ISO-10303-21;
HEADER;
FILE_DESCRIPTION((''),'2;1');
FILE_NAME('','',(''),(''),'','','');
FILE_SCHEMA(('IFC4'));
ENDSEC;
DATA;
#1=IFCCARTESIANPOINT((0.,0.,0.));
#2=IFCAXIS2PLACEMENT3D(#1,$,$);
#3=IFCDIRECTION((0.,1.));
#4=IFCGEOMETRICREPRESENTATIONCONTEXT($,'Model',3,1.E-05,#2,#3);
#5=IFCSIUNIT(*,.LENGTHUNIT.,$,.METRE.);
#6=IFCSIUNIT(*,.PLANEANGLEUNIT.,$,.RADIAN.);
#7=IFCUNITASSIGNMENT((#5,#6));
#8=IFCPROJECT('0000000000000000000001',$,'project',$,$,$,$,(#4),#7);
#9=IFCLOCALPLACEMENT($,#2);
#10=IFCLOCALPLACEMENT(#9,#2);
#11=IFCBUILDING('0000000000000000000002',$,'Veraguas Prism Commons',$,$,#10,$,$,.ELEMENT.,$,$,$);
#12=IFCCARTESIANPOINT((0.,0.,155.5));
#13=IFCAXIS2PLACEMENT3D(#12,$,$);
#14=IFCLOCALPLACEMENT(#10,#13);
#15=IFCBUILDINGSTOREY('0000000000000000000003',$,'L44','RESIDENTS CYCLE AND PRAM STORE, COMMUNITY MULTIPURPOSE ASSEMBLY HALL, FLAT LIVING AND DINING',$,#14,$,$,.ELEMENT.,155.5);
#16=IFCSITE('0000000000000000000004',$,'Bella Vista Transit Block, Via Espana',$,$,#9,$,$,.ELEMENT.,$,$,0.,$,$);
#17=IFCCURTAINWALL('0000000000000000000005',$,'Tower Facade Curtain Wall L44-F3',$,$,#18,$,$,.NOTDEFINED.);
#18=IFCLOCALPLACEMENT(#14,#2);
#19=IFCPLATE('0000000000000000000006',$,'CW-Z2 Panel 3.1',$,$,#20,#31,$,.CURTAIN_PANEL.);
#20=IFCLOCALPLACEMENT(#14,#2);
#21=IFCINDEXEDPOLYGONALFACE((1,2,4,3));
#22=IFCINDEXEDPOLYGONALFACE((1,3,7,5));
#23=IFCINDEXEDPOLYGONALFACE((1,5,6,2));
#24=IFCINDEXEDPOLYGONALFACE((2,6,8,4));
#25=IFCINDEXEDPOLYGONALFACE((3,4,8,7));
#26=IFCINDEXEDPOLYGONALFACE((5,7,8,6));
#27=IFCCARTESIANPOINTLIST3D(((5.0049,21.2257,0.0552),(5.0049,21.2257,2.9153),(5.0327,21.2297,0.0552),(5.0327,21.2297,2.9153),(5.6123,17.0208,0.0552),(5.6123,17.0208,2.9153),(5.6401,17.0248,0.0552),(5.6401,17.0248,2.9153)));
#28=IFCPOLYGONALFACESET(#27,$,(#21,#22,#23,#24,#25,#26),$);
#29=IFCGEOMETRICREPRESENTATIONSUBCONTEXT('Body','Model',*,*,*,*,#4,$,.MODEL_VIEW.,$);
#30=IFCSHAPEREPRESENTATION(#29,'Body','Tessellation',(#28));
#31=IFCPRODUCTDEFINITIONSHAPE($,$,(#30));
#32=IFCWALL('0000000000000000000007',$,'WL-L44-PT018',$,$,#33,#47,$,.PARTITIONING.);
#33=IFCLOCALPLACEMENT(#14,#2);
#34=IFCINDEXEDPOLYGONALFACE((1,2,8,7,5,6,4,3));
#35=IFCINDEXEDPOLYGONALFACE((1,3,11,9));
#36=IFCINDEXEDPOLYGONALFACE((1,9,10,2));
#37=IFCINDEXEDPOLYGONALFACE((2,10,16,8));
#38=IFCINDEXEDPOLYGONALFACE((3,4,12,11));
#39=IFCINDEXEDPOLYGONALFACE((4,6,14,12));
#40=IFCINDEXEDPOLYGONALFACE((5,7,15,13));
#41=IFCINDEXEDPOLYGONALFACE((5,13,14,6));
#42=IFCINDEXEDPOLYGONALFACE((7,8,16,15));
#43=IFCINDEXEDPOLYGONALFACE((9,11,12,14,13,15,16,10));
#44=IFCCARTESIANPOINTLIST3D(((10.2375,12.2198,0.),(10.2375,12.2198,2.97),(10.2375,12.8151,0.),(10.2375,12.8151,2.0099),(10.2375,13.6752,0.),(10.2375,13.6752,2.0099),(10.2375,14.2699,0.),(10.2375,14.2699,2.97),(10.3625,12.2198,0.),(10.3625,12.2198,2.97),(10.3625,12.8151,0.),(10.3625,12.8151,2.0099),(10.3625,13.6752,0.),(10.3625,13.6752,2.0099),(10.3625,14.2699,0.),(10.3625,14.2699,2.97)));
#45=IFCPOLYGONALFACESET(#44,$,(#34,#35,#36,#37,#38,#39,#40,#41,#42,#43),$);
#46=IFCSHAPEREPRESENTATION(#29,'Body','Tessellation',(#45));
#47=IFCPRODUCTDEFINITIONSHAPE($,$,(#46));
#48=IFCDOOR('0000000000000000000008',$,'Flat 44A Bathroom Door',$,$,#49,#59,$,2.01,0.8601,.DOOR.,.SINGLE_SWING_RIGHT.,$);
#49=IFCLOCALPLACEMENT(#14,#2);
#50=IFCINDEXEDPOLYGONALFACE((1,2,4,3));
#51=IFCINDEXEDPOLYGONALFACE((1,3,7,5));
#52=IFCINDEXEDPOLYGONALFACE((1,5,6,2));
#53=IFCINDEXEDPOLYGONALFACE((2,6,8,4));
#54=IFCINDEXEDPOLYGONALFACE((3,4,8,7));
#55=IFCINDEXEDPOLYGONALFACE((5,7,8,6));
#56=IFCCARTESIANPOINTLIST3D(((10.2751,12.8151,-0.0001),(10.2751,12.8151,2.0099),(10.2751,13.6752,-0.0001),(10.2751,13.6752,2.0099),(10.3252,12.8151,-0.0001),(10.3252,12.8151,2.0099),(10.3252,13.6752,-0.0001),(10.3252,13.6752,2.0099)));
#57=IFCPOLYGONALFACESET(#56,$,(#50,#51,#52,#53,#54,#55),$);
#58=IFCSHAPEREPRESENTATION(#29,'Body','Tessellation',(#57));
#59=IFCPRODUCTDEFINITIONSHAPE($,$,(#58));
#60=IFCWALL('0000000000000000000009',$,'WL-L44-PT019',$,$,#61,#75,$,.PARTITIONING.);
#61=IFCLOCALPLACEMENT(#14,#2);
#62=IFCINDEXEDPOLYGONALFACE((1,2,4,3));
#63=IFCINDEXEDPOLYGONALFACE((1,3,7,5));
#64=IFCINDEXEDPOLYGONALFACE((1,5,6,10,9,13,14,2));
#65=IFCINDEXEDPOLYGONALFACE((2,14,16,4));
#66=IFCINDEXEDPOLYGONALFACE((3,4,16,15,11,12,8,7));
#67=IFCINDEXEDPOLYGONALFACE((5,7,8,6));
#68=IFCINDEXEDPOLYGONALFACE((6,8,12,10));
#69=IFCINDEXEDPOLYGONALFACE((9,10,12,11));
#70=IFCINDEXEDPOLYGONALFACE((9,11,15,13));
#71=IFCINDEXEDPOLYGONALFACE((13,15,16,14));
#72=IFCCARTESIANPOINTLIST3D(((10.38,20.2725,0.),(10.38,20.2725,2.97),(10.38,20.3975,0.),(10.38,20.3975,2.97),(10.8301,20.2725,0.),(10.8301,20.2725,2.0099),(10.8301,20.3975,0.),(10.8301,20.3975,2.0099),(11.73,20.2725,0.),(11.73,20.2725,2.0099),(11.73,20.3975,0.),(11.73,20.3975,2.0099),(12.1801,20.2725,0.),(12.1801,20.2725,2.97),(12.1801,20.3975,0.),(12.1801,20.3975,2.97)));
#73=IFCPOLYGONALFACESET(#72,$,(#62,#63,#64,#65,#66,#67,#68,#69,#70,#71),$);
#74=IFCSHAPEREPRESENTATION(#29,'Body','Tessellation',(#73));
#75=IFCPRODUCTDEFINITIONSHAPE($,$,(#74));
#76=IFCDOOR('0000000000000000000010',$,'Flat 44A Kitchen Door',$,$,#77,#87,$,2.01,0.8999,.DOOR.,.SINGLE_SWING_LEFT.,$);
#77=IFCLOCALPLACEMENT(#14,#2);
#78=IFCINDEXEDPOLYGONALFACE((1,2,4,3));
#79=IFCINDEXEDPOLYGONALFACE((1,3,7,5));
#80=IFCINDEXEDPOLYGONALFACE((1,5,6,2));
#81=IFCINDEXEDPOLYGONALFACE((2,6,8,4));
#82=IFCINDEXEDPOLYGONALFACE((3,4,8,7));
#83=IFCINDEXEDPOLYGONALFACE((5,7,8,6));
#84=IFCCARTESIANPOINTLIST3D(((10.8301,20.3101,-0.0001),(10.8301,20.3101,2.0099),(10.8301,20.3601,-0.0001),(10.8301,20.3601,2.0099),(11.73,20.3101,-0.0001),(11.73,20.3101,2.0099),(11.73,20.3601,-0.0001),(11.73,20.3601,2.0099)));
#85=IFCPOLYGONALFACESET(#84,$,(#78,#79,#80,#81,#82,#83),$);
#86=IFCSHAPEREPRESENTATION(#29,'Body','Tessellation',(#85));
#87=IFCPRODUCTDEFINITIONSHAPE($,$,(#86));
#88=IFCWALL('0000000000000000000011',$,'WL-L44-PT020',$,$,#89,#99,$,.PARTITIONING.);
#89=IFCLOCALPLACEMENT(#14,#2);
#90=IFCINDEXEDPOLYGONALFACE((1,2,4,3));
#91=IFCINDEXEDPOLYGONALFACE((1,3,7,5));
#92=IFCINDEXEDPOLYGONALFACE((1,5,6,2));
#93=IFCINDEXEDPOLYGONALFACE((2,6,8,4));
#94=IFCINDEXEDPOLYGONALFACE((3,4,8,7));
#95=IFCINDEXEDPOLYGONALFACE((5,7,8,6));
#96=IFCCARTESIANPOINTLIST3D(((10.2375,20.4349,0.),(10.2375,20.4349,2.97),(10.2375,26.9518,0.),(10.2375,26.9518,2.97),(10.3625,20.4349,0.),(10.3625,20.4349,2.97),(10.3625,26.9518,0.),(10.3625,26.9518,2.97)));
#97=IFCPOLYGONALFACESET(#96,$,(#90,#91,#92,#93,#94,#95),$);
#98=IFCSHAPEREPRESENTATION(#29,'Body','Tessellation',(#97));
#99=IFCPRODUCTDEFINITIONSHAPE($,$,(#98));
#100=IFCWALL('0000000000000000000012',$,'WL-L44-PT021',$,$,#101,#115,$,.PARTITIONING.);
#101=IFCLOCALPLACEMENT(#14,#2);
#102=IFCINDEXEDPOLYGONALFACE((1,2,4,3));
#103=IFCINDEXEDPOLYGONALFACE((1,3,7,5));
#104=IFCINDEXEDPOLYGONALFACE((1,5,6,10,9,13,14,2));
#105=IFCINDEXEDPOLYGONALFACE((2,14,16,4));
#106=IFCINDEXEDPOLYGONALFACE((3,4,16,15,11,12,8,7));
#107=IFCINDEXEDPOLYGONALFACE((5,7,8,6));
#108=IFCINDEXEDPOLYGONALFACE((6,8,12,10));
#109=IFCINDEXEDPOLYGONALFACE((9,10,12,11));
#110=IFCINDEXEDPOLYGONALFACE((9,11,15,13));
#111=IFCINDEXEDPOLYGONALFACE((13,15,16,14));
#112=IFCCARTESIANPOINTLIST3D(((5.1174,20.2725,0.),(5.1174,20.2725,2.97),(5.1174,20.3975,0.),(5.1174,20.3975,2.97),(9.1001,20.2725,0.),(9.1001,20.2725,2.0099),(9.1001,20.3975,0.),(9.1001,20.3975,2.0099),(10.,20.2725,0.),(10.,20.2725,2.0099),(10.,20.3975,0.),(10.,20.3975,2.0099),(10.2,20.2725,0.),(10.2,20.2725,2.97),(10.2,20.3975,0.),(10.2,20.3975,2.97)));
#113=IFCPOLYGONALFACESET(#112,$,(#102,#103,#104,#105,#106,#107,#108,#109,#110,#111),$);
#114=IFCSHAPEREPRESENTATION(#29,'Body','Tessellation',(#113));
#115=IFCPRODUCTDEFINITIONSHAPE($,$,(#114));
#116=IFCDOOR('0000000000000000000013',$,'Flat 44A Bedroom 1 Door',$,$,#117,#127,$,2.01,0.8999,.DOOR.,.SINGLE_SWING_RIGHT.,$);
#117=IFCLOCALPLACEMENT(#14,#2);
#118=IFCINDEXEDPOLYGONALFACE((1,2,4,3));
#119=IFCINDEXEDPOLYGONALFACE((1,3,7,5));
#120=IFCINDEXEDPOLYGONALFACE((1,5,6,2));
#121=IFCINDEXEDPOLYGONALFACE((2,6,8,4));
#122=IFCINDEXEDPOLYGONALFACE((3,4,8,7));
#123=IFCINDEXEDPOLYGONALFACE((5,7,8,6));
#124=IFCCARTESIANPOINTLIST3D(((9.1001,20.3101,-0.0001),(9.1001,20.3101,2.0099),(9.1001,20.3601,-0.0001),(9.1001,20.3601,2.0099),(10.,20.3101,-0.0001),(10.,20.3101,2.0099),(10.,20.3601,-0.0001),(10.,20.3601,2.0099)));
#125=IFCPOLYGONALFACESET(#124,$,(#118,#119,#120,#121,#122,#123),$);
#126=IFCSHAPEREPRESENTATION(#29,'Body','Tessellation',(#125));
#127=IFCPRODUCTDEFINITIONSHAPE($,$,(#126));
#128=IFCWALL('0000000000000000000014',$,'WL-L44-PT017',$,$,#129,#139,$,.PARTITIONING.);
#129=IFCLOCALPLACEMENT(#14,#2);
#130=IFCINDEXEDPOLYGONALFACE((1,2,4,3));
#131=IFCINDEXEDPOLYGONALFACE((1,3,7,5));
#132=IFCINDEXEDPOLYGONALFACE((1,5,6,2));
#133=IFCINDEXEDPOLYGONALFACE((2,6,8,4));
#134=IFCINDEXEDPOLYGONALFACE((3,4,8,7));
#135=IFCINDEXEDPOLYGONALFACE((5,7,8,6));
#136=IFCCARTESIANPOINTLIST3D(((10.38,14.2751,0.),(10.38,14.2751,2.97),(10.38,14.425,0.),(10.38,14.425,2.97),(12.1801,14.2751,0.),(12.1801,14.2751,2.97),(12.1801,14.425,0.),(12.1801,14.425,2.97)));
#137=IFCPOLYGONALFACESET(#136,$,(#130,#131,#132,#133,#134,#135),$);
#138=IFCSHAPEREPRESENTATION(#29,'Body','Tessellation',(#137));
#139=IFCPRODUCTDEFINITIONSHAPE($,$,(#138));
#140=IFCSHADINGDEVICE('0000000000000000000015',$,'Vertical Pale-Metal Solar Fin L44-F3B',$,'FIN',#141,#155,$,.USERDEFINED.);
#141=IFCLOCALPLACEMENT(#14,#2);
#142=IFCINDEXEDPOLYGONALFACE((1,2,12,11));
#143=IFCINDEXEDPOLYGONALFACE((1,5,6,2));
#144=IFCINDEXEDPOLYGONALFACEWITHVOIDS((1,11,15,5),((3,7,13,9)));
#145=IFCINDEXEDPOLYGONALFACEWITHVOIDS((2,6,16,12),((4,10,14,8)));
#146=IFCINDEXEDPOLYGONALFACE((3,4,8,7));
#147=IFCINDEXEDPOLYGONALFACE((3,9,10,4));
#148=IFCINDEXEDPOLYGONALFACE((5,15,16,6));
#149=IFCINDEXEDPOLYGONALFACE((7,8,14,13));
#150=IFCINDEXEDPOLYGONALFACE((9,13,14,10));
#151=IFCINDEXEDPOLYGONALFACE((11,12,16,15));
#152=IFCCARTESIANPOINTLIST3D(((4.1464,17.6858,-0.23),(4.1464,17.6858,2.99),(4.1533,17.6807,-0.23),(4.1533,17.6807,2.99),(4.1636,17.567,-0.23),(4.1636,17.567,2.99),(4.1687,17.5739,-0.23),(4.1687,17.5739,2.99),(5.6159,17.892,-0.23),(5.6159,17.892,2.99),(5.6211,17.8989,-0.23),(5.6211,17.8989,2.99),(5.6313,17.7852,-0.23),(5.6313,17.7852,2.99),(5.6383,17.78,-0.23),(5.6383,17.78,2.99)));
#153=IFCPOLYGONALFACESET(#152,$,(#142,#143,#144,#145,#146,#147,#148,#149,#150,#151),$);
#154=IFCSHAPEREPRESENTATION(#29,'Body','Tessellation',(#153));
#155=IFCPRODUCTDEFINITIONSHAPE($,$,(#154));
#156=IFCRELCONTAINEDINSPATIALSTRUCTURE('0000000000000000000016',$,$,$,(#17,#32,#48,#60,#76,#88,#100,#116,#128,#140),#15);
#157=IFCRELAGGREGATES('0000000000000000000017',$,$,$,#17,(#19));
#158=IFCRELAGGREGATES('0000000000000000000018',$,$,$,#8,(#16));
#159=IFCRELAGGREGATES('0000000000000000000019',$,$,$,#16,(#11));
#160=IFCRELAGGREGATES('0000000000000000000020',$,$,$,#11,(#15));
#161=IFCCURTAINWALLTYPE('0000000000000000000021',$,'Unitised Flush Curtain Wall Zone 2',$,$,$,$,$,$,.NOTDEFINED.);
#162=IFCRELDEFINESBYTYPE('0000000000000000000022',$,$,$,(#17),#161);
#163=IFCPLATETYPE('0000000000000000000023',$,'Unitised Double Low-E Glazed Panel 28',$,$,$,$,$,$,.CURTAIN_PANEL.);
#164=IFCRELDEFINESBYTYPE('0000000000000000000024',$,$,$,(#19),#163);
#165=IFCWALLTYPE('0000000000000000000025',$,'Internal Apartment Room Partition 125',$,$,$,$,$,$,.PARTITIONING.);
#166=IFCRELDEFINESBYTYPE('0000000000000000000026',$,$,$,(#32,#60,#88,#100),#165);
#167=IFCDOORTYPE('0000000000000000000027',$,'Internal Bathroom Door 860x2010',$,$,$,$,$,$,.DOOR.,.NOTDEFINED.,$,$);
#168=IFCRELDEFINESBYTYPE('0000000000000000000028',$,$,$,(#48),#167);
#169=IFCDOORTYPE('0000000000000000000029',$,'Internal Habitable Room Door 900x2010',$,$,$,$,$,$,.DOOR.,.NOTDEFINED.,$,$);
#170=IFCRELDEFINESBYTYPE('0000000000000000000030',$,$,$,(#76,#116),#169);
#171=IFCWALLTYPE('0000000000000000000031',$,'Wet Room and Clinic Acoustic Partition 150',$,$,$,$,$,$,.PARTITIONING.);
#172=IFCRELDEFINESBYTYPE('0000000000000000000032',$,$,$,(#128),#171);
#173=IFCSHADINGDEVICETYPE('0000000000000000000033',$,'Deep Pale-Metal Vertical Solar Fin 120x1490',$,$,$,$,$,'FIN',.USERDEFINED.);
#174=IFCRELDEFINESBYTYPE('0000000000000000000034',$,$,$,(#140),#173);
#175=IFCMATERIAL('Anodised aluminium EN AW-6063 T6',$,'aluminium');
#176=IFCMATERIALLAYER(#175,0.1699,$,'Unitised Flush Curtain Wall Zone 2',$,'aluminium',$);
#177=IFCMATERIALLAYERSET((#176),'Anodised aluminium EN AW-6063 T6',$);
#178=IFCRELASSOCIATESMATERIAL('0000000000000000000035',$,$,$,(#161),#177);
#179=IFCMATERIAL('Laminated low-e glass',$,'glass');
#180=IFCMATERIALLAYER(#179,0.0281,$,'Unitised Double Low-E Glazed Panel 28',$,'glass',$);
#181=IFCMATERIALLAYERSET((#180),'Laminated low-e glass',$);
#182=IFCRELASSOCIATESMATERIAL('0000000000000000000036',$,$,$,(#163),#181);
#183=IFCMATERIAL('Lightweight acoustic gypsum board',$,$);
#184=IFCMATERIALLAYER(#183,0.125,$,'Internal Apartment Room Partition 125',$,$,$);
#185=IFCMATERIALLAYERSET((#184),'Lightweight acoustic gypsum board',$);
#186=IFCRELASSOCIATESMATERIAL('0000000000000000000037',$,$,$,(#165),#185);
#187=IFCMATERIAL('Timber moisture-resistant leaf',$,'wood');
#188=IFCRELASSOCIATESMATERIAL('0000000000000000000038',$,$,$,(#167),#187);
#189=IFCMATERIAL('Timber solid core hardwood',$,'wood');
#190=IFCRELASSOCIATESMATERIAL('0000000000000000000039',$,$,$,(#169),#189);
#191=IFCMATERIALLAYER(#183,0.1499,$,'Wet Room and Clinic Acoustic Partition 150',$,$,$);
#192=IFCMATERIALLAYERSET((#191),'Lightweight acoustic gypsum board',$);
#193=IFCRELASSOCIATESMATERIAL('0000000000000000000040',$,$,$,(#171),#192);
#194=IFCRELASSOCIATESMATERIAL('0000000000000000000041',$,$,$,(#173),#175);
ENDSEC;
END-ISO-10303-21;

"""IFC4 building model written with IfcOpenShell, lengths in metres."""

from ifc_helpers import new_model, si_unit, direction, frame, frame_2d, origin, origin_2d, place, context, subcontext, project, spatial, rectangle, hollow_rectangle, extrude, source, transform, mapped, material, layer, layer_set, material_profile, profile_set, type_object, element, fill, aggregate, save


model = new_model("IFC4")

# Units and contexts
model_context = context("Model", 3, precision=1e-05, world=origin(), true_north=direction((0.0, 1.0)))
body_context = subcontext(model_context, "Body", "Model", "MODEL_VIEW")
ifc_project = project(units=[si_unit("LENGTHUNIT", "METRE"), si_unit("PLANEANGLEUNIT", "RADIAN")], contexts=[model_context])

# Site, building, storey
site_placement = place(None, origin())
site = spatial("IfcSite", under=ifc_project, at=site_placement, Name="Bella Vista Transit Block, Via Espana", CompositionType="ELEMENT", RefElevation=0.0)
building_placement = place(site_placement, origin())
building = spatial("IfcBuilding", under=site, at=building_placement, Name="Veraguas Prism Commons", CompositionType="ELEMENT")
storey_placement = place(building_placement, frame((0.0, 0.0, 155.5)))
storey = spatial("IfcBuildingStorey", under=building, at=storey_placement, Name="L44", Description="RESIDENTS CYCLE AND PRAM STORE, COMMUNITY MULTIPURPOSE ASSEMBLY HALL, FLAT LIVING AND DINING", CompositionType="ELEMENT", Elevation=155.5)

# Curtain wall
ifc_material_1 = material(Name="Anodised aluminium EN AW-6063 T6", Category="aluminium")
ifc_layer_1 = layer(ifc_material_1, 0.1699, Name="Unitised Flush Curtain Wall Zone 2", Category="aluminium")
ifc_layer_set_1 = layer_set([ifc_layer_1], Name="Anodised aluminium EN AW-6063 T6")
curtain_wall_type = type_object("IfcCurtainWallType", Name="Unitised Flush Curtain Wall Zone 2", PredefinedType="NOTDEFINED", material=ifc_layer_set_1)
curtain_wall_1_placement = place(storey_placement, origin())
curtain_wall_1 = element("IfcCurtainWall", 1, at=curtain_wall_1_placement, inside=storey, type_object=curtain_wall_type, Name="Tower Facade Curtain Wall L44-F3", PredefinedType="NOTDEFINED")

# Plate
ifc_material_2 = material(Name="Laminated low-e glass", Category="glass")
ifc_layer_2 = layer(ifc_material_2, 0.0281, Name="Unitised Double Low-E Glazed Panel 28", Category="glass")
ifc_layer_set_2 = layer_set([ifc_layer_2], Name="Laminated low-e glass")
plate_type = type_object("IfcPlateType", Name="Unitised Double Low-E Glazed Panel 28", PredefinedType="CURTAIN_PANEL", material=ifc_layer_set_2)
shared_shape_1 = source(origin(), body_context, "Body", "SweptSolid", [
    extrude(rectangle(XDim=4.2485, YDim=0.0281, at=origin_2d()), origin(), (0.0, 0.0, 1.0), 2.8601),
])
plate_1_placement = place(storey_placement, frame((5.3225, 19.1252, 0.0552), z_axis=(0.0, 0.0, 1.0), x_axis=(0.142971, -0.989727, 0.0)))
plate_1 = element("IfcPlate", 2, at=plate_1_placement, type_object=plate_type, Name="CW-Z2 Panel 3.1", PredefinedType="CURTAIN_PANEL", context=body_context, shape_type="MappedRepresentation", body=[
    mapped(shared_shape_1, transform((0.0, 0.0, 0.0), scale=1.0)),
])
aggregate(curtain_wall_1, [plate_1])

# Walls, openings, doors
ifc_material_3 = material(Name="Lightweight acoustic gypsum board")
ifc_layer_3 = layer(ifc_material_3, 0.125, Name="Internal Apartment Room Partition 125")
ifc_layer_set_3 = layer_set([ifc_layer_3], Name="Lightweight acoustic gypsum board")
wall_type_1 = type_object("IfcWallType", Name="Internal Apartment Room Partition 125", PredefinedType="PARTITIONING", material=ifc_layer_set_3)
wall_1_placement = place(storey_placement, frame((10.3, 12.22, 0.0), z_axis=(0.0, 0.0, 1.0), x_axis=(0.0, 1.0, 0.0)))
wall_1 = element("IfcWall", 3, at=wall_1_placement, inside=storey, type_object=wall_type_1, Name="WL-L44-PT018", PredefinedType="PARTITIONING", context=body_context, shape_type="SweptSolid", body=[
    extrude(rectangle(XDim=2.05, YDim=0.125, at=frame_2d((1.0249, 0.0))), origin(), (0.0, 0.0, 1.0), 2.97),
])
opening_1_placement = place(wall_1_placement, frame((0.595, 0.0, 0.0)))
opening_1 = element("IfcOpeningElement", 4, at=opening_1_placement, cuts=wall_1, PredefinedType="OPENING", context=body_context, shape_type="SweptSolid", body=[
    extrude(rectangle(XDim=0.8601, YDim=2.01, at=frame_2d((0.4302, 1.0049))), frame((0.0, 0.0725, 0.0), z_axis=(0.0, -1.0, 0.0), x_axis=(1.0, 0.0, 0.0)), (0.0, 0.0, 1.0), 0.145),
])
ifc_material_4 = material(Name="Timber moisture-resistant leaf", Category="wood")
door_type_1 = type_object("IfcDoorType", Name="Internal Bathroom Door 860x2010", OperationType="NOTDEFINED", PredefinedType="DOOR", material=ifc_material_4)
shared_shape_2 = source(origin(), body_context, "Body", "SweptSolid", [
    extrude(rectangle(XDim=0.8601, YDim=2.01, at=frame_2d((0.4302, 1.0049))), frame((0.0, 0.0249, 0.0), z_axis=(0.0, -1.0, 0.0), x_axis=(1.0, 0.0, 0.0)), (0.0, 0.0, 1.0), 0.05),
])
door_1_placement = place(opening_1_placement, origin())
door_1 = element("IfcDoor", 5, at=door_1_placement, inside=storey, type_object=door_type_1, Name="Flat 44A Bathroom Door", OperationType="SINGLE_SWING_RIGHT", OverallHeight=2.01, OverallWidth=0.8601, PredefinedType="DOOR", context=body_context, shape_type="MappedRepresentation", body=[
    mapped(shared_shape_2, transform((0.0, 0.0, 0.0), scale=1.0)),
])
fill(opening_1, door_1)
wall_2_placement = place(storey_placement, frame((12.1799, 20.335, 0.0), z_axis=(0.0, 0.0, 1.0), x_axis=(-1.0, 0.0, 0.0)))
wall_2 = element("IfcWall", 6, at=wall_2_placement, inside=storey, type_object=wall_type_1, Name="WL-L44-PT019", PredefinedType="PARTITIONING", context=body_context, shape_type="SweptSolid", body=[
    extrude(rectangle(XDim=1.8, YDim=0.125, at=frame_2d((0.8999, 0.0))), origin(), (0.0, 0.0, 1.0), 2.97),
])
opening_2_placement = place(wall_2_placement, frame((0.45, 0.0, 0.0)))
opening_2 = element("IfcOpeningElement", 7, at=opening_2_placement, cuts=wall_2, PredefinedType="OPENING", context=body_context, shape_type="SweptSolid", body=[
    extrude(rectangle(XDim=0.8999, YDim=2.01, at=frame_2d((0.45, 1.0049))), frame((0.0, 0.0725, 0.0), z_axis=(0.0, -1.0, 0.0), x_axis=(1.0, 0.0, 0.0)), (0.0, 0.0, 1.0), 0.145),
])
ifc_material_5 = material(Name="Timber solid core hardwood", Category="wood")
door_type_2 = type_object("IfcDoorType", Name="Internal Habitable Room Door 900x2010", OperationType="NOTDEFINED", PredefinedType="DOOR", material=ifc_material_5)
shared_shape_3 = source(origin(), body_context, "Body", "SweptSolid", [
    extrude(rectangle(XDim=0.8999, YDim=2.01, at=frame_2d((0.45, 1.0049))), frame((0.0, 0.0249, 0.0), z_axis=(0.0, -1.0, 0.0), x_axis=(1.0, 0.0, 0.0)), (0.0, 0.0, 1.0), 0.05),
])
door_2_placement = place(opening_2_placement, origin())
door_2 = element("IfcDoor", 8, at=door_2_placement, inside=storey, type_object=door_type_2, Name="Flat 44A Kitchen Door", OperationType="SINGLE_SWING_LEFT", OverallHeight=2.01, OverallWidth=0.8999, PredefinedType="DOOR", context=body_context, shape_type="MappedRepresentation", body=[
    mapped(shared_shape_3, transform((0.0, 0.0, 0.0), scale=1.0)),
])
fill(opening_2, door_2)

# Wall
wall_3_placement = place(storey_placement, frame((10.3, 20.4351, 0.0), z_axis=(0.0, 0.0, 1.0), x_axis=(0.0, 1.0, 0.0)))
element("IfcWall", 9, at=wall_3_placement, inside=storey, type_object=wall_type_1, Name="WL-L44-PT020", PredefinedType="PARTITIONING", context=body_context, shape_type="SweptSolid", body=[
    extrude(rectangle(XDim=6.5168, YDim=0.125, at=frame_2d((3.2583, 0.0))), origin(), (0.0, 0.0, 1.0), 2.97),
])

# Wall, opening, door
wall_4_placement = place(storey_placement, frame((10.2, 20.335, 0.0), z_axis=(0.0, 0.0, 1.0), x_axis=(-1.0, 0.0, 0.0)))
wall_4 = element("IfcWall", 10, at=wall_4_placement, inside=storey, type_object=wall_type_1, Name="WL-L44-PT021", PredefinedType="PARTITIONING", context=body_context, shape_type="SweptSolid", body=[
    extrude(rectangle(XDim=5.0825, YDim=0.125, at=frame_2d((2.5413, 0.0))), origin(), (0.0, 0.0, 1.0), 2.97),
])
opening_3_placement = place(wall_4_placement, frame((0.2, 0.0, 0.0)))
opening_3 = element("IfcOpeningElement", 11, at=opening_3_placement, cuts=wall_4, PredefinedType="OPENING", context=body_context, shape_type="SweptSolid", body=[
    extrude(rectangle(XDim=0.8999, YDim=2.01, at=frame_2d((0.45, 1.0049))), frame((0.0, 0.0725, 0.0), z_axis=(0.0, -1.0, 0.0), x_axis=(1.0, 0.0, 0.0)), (0.0, 0.0, 1.0), 0.145),
])
door_3_placement = place(opening_3_placement, origin())
door_3 = element("IfcDoor", 12, at=door_3_placement, inside=storey, type_object=door_type_2, Name="Flat 44A Bedroom 1 Door", OperationType="SINGLE_SWING_RIGHT", OverallHeight=2.01, OverallWidth=0.8999, PredefinedType="DOOR", context=body_context, shape_type="MappedRepresentation", body=[
    mapped(shared_shape_3, transform((0.0, 0.0, 0.0), scale=1.0)),
])
fill(opening_3, door_3)

# Wall
ifc_layer_4 = layer(ifc_material_3, 0.1499, Name="Wet Room and Clinic Acoustic Partition 150")
ifc_layer_set_4 = layer_set([ifc_layer_4], Name="Lightweight acoustic gypsum board")
wall_type_2 = type_object("IfcWallType", Name="Wet Room and Clinic Acoustic Partition 150", PredefinedType="PARTITIONING", material=ifc_layer_set_4)
wall_5_placement = place(storey_placement, frame((12.1799, 14.3501, 0.0), z_axis=(0.0, 0.0, 1.0), x_axis=(-1.0, 0.0, 0.0)))
element("IfcWall", 13, at=wall_5_placement, inside=storey, type_object=wall_type_2, Name="WL-L44-PT017", PredefinedType="PARTITIONING", context=body_context, shape_type="SweptSolid", body=[
    extrude(rectangle(XDim=1.8, YDim=0.1499, at=frame_2d((0.8999, 0.0))), origin(), (0.0, 0.0, 1.0), 2.97),
])

# Shading device
ifc_material_profile_1 = material_profile(ifc_material_1, hollow_rectangle(XDim=0.1201, YDim=1.49, WallThickness=0.0061, at=origin_2d()), Name="FIN120X1490X6")
ifc_profile_set_1 = profile_set([ifc_material_profile_1], Name="Anodised aluminium EN AW-6063 T6")
shading_device_type = type_object("IfcShadingDeviceType", Name="Deep Pale-Metal Vertical Solar Fin 120x1490", ElementType="FIN", PredefinedType="USERDEFINED", material=ifc_profile_set_1)
shading_device_placement = place(storey_placement, frame((4.8923, 17.7329, -0.23), z_axis=(0.0, 0.0, 1.0), x_axis=(0.142973, -0.989727, 0.0)))
element("IfcShadingDevice", 14, at=shading_device_placement, inside=storey, type_object=shading_device_type, Name="Vertical Pale-Metal Solar Fin L44-F3B", ObjectType="FIN", PredefinedType="USERDEFINED", context=body_context, shape_type="SweptSolid", body=[
    extrude(hollow_rectangle(XDim=0.1201, YDim=1.49, WallThickness=0.0061, at=origin_2d()), origin(), (0.0, 0.0, 1.0), 3.22),
])

save(model, "model.ifc")
